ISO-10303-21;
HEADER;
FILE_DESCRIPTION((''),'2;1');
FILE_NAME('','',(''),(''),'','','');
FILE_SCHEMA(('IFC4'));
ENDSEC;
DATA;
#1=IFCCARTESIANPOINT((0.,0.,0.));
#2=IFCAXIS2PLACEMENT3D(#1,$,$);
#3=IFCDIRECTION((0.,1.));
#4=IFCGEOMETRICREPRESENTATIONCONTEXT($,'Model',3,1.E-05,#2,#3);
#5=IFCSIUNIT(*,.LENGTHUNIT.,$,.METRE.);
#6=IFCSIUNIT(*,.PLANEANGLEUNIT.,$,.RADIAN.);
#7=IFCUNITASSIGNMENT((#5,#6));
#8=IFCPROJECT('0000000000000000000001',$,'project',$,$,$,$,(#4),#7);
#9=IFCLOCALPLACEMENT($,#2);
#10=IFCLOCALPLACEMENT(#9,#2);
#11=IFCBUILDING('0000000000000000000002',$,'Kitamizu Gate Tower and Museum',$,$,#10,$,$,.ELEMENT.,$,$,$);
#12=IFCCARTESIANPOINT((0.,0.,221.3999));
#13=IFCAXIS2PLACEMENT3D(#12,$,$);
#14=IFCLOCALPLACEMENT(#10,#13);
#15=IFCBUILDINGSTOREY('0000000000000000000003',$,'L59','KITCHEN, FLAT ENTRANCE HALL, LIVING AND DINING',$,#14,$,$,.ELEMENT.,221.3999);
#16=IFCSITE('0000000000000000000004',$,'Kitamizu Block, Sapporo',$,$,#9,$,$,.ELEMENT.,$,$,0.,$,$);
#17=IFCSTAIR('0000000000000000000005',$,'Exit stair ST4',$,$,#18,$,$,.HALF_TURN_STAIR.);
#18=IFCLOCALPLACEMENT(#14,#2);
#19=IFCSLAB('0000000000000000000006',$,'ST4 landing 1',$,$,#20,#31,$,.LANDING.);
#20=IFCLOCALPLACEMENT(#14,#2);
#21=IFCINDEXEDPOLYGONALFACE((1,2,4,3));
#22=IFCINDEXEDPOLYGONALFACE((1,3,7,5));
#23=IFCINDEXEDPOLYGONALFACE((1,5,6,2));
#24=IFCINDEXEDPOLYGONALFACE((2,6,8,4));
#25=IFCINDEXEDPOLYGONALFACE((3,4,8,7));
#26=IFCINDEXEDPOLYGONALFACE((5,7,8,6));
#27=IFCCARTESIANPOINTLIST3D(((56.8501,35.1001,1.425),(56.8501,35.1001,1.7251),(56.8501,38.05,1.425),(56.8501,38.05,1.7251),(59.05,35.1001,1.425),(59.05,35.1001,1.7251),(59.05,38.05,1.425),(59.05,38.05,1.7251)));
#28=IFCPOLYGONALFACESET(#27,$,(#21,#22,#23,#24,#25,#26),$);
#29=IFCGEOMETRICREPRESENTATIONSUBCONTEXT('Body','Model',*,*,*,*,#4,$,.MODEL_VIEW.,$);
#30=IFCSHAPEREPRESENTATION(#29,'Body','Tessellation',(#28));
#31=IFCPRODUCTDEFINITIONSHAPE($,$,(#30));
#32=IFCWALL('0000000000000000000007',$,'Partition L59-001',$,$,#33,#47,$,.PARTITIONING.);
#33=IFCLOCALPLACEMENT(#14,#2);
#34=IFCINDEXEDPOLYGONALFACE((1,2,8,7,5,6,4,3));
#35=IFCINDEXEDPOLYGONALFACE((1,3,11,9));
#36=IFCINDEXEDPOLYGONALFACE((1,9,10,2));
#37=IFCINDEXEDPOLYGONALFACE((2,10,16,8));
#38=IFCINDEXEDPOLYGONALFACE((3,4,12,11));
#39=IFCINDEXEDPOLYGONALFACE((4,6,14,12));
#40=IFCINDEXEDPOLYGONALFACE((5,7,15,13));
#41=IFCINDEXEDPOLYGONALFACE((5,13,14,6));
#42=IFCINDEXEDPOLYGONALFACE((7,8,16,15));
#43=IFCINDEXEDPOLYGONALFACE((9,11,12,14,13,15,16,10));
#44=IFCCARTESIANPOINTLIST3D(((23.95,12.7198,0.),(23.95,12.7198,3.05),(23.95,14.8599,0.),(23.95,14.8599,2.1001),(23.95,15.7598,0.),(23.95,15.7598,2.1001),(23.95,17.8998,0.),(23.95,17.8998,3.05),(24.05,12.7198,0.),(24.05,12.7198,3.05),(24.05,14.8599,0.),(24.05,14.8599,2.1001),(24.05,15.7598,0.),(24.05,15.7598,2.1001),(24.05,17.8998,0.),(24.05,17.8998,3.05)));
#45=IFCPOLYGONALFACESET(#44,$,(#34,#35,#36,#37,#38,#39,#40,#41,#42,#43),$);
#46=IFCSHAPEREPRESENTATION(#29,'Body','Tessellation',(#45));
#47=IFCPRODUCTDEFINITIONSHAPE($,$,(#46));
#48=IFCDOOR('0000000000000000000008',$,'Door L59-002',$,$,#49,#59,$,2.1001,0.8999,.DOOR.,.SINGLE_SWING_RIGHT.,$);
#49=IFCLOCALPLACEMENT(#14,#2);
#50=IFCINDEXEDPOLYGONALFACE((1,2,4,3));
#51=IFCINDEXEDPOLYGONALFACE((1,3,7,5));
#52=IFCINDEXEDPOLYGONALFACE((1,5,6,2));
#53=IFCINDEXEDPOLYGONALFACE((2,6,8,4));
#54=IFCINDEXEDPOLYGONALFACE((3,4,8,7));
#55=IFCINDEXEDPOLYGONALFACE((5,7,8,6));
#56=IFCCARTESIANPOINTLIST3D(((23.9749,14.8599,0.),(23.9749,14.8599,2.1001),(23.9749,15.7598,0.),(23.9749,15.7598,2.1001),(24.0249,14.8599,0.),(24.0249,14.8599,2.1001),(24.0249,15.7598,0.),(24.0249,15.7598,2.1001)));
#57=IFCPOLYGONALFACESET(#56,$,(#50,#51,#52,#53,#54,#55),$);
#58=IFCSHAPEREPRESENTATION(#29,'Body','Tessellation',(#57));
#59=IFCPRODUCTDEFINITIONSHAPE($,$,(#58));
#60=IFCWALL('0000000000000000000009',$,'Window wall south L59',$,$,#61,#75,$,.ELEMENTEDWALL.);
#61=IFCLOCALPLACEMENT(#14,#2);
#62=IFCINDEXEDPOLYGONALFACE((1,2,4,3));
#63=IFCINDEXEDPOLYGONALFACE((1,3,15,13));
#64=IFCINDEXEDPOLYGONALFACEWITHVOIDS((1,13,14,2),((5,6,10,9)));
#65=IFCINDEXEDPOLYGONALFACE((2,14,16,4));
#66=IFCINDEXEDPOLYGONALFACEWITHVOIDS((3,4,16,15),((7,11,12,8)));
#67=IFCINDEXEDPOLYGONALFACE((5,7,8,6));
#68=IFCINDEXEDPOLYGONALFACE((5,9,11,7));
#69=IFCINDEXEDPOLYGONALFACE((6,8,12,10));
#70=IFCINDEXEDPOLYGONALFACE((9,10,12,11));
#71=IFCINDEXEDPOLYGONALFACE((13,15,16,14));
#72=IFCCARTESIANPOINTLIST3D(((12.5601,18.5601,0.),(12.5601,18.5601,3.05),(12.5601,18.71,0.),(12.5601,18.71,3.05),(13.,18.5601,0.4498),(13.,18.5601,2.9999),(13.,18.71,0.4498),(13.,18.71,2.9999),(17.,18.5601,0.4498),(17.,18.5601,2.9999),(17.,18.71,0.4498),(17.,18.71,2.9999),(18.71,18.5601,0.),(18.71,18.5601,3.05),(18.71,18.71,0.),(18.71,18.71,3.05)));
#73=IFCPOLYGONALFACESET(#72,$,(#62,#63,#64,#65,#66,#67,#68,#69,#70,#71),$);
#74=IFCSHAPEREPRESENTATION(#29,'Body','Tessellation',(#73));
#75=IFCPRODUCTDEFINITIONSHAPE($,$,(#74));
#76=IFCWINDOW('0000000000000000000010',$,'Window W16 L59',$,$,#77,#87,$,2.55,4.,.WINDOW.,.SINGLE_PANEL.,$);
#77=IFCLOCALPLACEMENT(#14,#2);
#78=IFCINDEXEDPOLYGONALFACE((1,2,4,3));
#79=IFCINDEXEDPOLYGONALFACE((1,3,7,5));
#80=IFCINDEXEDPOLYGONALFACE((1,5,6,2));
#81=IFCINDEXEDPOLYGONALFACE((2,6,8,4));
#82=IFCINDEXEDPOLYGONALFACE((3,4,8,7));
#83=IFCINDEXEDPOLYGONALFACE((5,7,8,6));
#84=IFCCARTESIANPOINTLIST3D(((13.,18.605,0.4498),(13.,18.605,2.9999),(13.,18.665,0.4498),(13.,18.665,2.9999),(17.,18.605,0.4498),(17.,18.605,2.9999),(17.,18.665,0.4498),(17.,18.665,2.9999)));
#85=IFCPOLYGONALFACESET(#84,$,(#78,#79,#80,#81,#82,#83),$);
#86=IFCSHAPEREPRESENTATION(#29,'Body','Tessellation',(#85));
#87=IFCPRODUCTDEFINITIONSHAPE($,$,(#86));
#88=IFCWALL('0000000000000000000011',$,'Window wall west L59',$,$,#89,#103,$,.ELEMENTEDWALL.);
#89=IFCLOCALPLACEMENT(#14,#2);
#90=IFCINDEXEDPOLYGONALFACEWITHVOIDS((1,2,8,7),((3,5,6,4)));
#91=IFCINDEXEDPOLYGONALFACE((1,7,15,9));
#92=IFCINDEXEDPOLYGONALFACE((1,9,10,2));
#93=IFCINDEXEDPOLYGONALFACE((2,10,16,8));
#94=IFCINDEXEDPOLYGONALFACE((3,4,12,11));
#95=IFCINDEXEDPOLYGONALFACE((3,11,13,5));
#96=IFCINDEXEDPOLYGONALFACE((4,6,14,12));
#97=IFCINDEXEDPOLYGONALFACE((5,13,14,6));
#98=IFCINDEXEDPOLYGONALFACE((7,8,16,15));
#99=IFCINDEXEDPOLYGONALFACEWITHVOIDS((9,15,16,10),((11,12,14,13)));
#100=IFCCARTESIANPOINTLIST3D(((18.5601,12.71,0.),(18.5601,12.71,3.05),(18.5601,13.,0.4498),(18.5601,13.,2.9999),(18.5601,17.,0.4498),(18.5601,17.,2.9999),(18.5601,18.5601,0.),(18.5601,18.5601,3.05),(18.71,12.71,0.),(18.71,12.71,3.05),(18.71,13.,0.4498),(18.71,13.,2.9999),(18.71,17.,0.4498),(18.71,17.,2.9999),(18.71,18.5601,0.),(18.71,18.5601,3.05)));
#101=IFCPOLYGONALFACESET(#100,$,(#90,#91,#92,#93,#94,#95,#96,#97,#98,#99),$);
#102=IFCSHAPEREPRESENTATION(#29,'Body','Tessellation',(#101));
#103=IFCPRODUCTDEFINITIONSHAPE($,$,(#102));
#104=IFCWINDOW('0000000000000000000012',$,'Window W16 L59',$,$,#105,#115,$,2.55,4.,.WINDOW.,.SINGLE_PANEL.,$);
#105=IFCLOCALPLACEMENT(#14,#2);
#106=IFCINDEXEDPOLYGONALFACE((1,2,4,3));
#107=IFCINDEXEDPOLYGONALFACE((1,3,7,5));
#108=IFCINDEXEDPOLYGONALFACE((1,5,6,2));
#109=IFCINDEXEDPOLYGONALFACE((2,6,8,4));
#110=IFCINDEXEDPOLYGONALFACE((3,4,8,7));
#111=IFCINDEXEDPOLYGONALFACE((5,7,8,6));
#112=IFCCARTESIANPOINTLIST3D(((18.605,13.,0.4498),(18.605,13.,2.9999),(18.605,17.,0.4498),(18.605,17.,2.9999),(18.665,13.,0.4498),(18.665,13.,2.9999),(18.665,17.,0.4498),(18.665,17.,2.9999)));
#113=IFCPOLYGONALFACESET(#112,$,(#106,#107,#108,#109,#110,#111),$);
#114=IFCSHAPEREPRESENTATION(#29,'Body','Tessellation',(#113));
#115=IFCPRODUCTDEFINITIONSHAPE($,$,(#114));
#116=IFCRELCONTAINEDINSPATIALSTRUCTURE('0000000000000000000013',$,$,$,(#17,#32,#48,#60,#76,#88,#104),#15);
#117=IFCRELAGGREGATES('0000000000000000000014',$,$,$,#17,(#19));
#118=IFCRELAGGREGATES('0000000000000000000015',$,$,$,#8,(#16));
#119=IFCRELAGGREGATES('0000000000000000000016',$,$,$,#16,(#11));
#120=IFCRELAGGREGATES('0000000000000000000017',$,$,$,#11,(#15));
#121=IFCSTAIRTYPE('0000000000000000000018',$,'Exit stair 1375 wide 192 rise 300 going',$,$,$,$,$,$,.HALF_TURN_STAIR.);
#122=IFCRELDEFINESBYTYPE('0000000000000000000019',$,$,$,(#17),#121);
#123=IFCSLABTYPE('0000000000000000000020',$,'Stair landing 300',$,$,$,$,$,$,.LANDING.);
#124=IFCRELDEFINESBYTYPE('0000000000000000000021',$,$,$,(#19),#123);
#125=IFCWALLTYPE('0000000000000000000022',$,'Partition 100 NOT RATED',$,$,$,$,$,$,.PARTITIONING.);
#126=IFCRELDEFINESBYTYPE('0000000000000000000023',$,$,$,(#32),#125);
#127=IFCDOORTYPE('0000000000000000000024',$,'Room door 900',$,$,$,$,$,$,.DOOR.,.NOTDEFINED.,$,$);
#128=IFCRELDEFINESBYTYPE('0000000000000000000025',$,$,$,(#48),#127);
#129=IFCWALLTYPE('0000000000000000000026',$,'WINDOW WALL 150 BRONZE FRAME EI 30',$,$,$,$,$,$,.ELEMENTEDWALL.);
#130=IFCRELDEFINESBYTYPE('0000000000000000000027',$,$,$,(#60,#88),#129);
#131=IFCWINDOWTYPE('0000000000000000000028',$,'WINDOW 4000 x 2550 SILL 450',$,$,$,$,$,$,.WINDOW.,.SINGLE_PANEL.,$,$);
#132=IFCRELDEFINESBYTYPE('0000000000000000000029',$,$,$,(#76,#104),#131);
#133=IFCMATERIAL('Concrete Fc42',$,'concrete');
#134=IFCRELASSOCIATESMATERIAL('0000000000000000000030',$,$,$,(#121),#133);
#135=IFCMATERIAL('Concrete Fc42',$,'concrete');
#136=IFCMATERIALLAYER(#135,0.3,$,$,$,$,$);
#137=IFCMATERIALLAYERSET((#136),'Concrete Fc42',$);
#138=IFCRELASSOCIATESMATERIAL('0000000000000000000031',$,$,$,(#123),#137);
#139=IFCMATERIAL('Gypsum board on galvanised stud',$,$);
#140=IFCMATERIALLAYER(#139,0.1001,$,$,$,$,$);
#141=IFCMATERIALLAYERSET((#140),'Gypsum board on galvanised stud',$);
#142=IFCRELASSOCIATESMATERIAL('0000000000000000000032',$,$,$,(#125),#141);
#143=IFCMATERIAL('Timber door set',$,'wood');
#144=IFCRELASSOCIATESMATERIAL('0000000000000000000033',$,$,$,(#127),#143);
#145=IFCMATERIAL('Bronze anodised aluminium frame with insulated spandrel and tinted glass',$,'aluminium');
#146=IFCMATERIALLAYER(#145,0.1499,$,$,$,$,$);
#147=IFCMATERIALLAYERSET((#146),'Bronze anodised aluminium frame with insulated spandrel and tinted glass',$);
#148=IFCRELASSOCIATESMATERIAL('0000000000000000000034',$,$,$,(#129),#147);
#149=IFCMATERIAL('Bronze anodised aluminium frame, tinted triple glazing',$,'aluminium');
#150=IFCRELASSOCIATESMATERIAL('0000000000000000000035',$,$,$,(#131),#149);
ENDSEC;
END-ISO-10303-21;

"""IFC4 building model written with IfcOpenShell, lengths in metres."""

from ifc_helpers import new_model, si_unit, direction, frame, frame_2d, origin, place, context, subcontext, project, spatial, polyline, rectangle, outline, extrude, material, layer, layer_set, type_object, element, fill, aggregate, save


model = new_model("IFC4")

# Units and contexts
model_context = context("Model", 3, precision=1e-05, world=origin(), true_north=direction((0.0, 1.0)))
body_context = subcontext(model_context, "Body", "Model", "MODEL_VIEW")
ifc_project = project(units=[si_unit("LENGTHUNIT", "METRE"), si_unit("PLANEANGLEUNIT", "RADIAN")], contexts=[model_context])

# Site, building, storey
site_placement = place(None, origin())
site = spatial("IfcSite", under=ifc_project, at=site_placement, Name="Kitamizu Block, Sapporo", CompositionType="ELEMENT", RefElevation=0.0)
building_placement = place(site_placement, origin())
building = spatial("IfcBuilding", under=site, at=building_placement, Name="Kitamizu Gate Tower and Museum", CompositionType="ELEMENT")
storey_placement = place(building_placement, frame((0.0, 0.0, 221.3999)))
storey = spatial("IfcBuildingStorey", under=building, at=storey_placement, Name="L59", Description="KITCHEN, FLAT ENTRANCE HALL, LIVING AND DINING", CompositionType="ELEMENT", Elevation=221.3999)

# Stair, slab
ifc_material_1 = material(Name="Concrete Fc42", Category="concrete")
stair_type = type_object("IfcStairType", Name="Exit stair 1375 wide 192 rise 300 going", PredefinedType="HALF_TURN_STAIR", material=ifc_material_1)
ifc_material_2 = material(Name="Concrete Fc42", Category="concrete")
ifc_layer_1 = layer(ifc_material_2, 0.3)
ifc_layer_set_1 = layer_set([ifc_layer_1], Name="Concrete Fc42")
slab_type_1 = type_object("IfcSlabType", Name="Stair landing 300", PredefinedType="LANDING", material=ifc_layer_set_1)
stair_1_placement = place(storey_placement, origin())
stair_1 = element("IfcStair", 1, at=stair_1_placement, inside=storey, type_object=stair_type, Name="Exit stair ST4", PredefinedType="HALF_TURN_STAIR")
slab_1_placement = place(storey_placement, frame((0.0, 0.0, 1.425)))
slab_1 = element("IfcSlab", 2, at=slab_1_placement, type_object=slab_type_1, Name="ST4 landing 1", PredefinedType="LANDING", context=body_context, shape_type="SweptSolid", body=[
    extrude(outline(polyline([(56.8501, 35.1001), (59.05, 35.1001), (59.05, 38.05), (56.8501, 38.05), (56.8501, 35.1001)])), origin(), (0.0, 0.0, 1.0), 0.3),
])
aggregate(stair_1, [slab_1])

# Wall, opening, door
ifc_material_3 = material(Name="Gypsum board on galvanised stud")
ifc_layer_2 = layer(ifc_material_3, 0.1001)
ifc_layer_set_2 = layer_set([ifc_layer_2], Name="Gypsum board on galvanised stud")
wall_type_1 = type_object("IfcWallType", Name="Partition 100 NOT RATED", PredefinedType="PARTITIONING", material=ifc_layer_set_2)
wall_1_placement = place(storey_placement, frame((24.0, 12.72, 0.0), z_axis=(0.0, 0.0, 1.0), x_axis=(0.0, 1.0, 0.0)))
wall_1 = element("IfcWall", 3, at=wall_1_placement, inside=storey, type_object=wall_type_1, Name="Partition L59-001", PredefinedType="PARTITIONING", context=body_context, shape_type="SweptSolid", body=[
    extrude(rectangle(XDim=5.1799, YDim=0.1001, at=frame_2d((2.5898, 0.0))), origin(), (0.0, 0.0, 1.0), 3.05),
])
opening_1_placement = place(wall_1_placement, frame((2.1399, 0.0, 0.0)))
opening_1 = element("IfcOpeningElement", 4, at=opening_1_placement, cuts=wall_1, PredefinedType="OPENING", context=body_context, shape_type="SweptSolid", body=[
    extrude(rectangle(XDim=0.8999, YDim=2.1001, at=frame_2d((0.45, 1.05))), frame((0.0, 0.0601, 0.0), z_axis=(0.0, -1.0, 0.0), x_axis=(1.0, 0.0, 0.0)), (0.0, 0.0, 1.0), 0.1201),
])
ifc_material_4 = material(Name="Timber door set", Category="wood")
door_type = type_object("IfcDoorType", Name="Room door 900", OperationType="NOTDEFINED", PredefinedType="DOOR", material=ifc_material_4)
door_placement = place(opening_1_placement, frame((0.8999, 0.0, 0.0), x_axis=(-1.0, 0.0, 0.0)))
door = element("IfcDoor", 5, at=door_placement, inside=storey, type_object=door_type, Name="Door L59-002", OperationType="SINGLE_SWING_RIGHT", OverallHeight=2.1001, OverallWidth=0.8999, PredefinedType="DOOR", context=body_context, shape_type="SweptSolid", body=[
    extrude(rectangle(XDim=0.8999, YDim=2.1001, at=frame_2d((0.45, 1.05))), frame((0.0, 0.0249, 0.0), z_axis=(0.0, -1.0, 0.0), x_axis=(1.0, 0.0, 0.0)), (0.0, 0.0, 1.0), 0.05),
])
fill(opening_1, door)

# Shared definitions
ifc_material_5 = material(Name="Bronze anodised aluminium frame with insulated spandrel and tinted glass", Category="aluminium")
ifc_layer_3 = layer(ifc_material_5, 0.1499)
ifc_layer_set_3 = layer_set([ifc_layer_3], Name="Bronze anodised aluminium frame with insulated spandrel and tinted glass")
wall_type_2 = type_object("IfcWallType", Name="WINDOW WALL 150 BRONZE FRAME EI 30", PredefinedType="ELEMENTEDWALL", material=ifc_layer_set_3)

# Walls, openings, windows
wall_2_placement = place(storey_placement, frame((12.5601, 18.635, 0.0), z_axis=(0.0, 0.0, 1.0), x_axis=(1.0, 0.0, 0.0)))
wall_2 = element("IfcWall", 6, at=wall_2_placement, inside=storey, type_object=wall_type_2, Name="Window wall south L59", PredefinedType="ELEMENTEDWALL", context=body_context, shape_type="SweptSolid", body=[
    extrude(rectangle(XDim=6.1499, YDim=0.1499, at=frame_2d((3.075, 0.0))), origin(), (0.0, 0.0, 1.0), 3.05),
])
opening_2_placement = place(wall_2_placement, frame((0.4399, 0.0, 0.45)))
opening_2 = element("IfcOpeningElement", 7, at=opening_2_placement, cuts=wall_2, PredefinedType="OPENING", context=body_context, shape_type="SweptSolid", body=[
    extrude(rectangle(XDim=4.0, YDim=2.55, at=frame_2d((2.0, 1.2749))), frame((0.0, 0.085, 0.0), z_axis=(0.0, -1.0, 0.0), x_axis=(1.0, 0.0, 0.0)), (0.0, 0.0, 1.0), 0.1699),
])
ifc_material_6 = material(Name="Bronze anodised aluminium frame, tinted triple glazing", Category="aluminium")
window_type_1 = type_object("IfcWindowType", Name="WINDOW 4000 x 2550 SILL 450", PartitioningType="SINGLE_PANEL", PredefinedType="WINDOW", material=ifc_material_6)
window_1_placement = place(opening_2_placement, origin())
window_1 = element("IfcWindow", 8, at=window_1_placement, inside=storey, type_object=window_type_1, Name="Window W16 L59", OverallHeight=2.55, OverallWidth=4.0, PartitioningType="SINGLE_PANEL", PredefinedType="WINDOW", context=body_context, shape_type="SweptSolid", body=[
    extrude(rectangle(XDim=4.0, YDim=2.55, at=frame_2d((2.0, 1.2749))), frame((0.0, 0.03, 0.0), z_axis=(0.0, -1.0, 0.0), x_axis=(1.0, 0.0, 0.0)), (0.0, 0.0, 1.0), 0.0601),
])
fill(opening_2, window_1)
wall_3_placement = place(storey_placement, frame((18.635, 12.71, 0.0), z_axis=(0.0, 0.0, 1.0), x_axis=(0.0, 1.0, 0.0)))
wall_3 = element("IfcWall", 9, at=wall_3_placement, inside=storey, type_object=wall_type_2, Name="Window wall west L59", PredefinedType="ELEMENTEDWALL", context=body_context, shape_type="SweptSolid", body=[
    extrude(rectangle(XDim=5.8501, YDim=0.1499, at=frame_2d((2.925, 0.0))), origin(), (0.0, 0.0, 1.0), 3.05),
])
opening_3_placement = place(wall_3_placement, frame((0.29, 0.0, 0.45)))
opening_3 = element("IfcOpeningElement", 10, at=opening_3_placement, cuts=wall_3, PredefinedType="OPENING", context=body_context, shape_type="SweptSolid", body=[
    extrude(rectangle(XDim=4.0, YDim=2.55, at=frame_2d((2.0, 1.2749))), frame((0.0, 0.085, 0.0), z_axis=(0.0, -1.0, 0.0), x_axis=(1.0, 0.0, 0.0)), (0.0, 0.0, 1.0), 0.1699),
])
window_2_placement = place(opening_3_placement, origin())
window_2 = element("IfcWindow", 11, at=window_2_placement, inside=storey, type_object=window_type_1, Name="Window W16 L59", OverallHeight=2.55, OverallWidth=4.0, PartitioningType="SINGLE_PANEL", PredefinedType="WINDOW", context=body_context, shape_type="SweptSolid", body=[
    extrude(rectangle(XDim=4.0, YDim=2.55, at=frame_2d((2.0, 1.2749))), frame((0.0, 0.03, 0.0), z_axis=(0.0, -1.0, 0.0), x_axis=(1.0, 0.0, 0.0)), (0.0, 0.0, 1.0), 0.0601),
])
fill(opening_3, window_2)

save(model, "model.ifc")
